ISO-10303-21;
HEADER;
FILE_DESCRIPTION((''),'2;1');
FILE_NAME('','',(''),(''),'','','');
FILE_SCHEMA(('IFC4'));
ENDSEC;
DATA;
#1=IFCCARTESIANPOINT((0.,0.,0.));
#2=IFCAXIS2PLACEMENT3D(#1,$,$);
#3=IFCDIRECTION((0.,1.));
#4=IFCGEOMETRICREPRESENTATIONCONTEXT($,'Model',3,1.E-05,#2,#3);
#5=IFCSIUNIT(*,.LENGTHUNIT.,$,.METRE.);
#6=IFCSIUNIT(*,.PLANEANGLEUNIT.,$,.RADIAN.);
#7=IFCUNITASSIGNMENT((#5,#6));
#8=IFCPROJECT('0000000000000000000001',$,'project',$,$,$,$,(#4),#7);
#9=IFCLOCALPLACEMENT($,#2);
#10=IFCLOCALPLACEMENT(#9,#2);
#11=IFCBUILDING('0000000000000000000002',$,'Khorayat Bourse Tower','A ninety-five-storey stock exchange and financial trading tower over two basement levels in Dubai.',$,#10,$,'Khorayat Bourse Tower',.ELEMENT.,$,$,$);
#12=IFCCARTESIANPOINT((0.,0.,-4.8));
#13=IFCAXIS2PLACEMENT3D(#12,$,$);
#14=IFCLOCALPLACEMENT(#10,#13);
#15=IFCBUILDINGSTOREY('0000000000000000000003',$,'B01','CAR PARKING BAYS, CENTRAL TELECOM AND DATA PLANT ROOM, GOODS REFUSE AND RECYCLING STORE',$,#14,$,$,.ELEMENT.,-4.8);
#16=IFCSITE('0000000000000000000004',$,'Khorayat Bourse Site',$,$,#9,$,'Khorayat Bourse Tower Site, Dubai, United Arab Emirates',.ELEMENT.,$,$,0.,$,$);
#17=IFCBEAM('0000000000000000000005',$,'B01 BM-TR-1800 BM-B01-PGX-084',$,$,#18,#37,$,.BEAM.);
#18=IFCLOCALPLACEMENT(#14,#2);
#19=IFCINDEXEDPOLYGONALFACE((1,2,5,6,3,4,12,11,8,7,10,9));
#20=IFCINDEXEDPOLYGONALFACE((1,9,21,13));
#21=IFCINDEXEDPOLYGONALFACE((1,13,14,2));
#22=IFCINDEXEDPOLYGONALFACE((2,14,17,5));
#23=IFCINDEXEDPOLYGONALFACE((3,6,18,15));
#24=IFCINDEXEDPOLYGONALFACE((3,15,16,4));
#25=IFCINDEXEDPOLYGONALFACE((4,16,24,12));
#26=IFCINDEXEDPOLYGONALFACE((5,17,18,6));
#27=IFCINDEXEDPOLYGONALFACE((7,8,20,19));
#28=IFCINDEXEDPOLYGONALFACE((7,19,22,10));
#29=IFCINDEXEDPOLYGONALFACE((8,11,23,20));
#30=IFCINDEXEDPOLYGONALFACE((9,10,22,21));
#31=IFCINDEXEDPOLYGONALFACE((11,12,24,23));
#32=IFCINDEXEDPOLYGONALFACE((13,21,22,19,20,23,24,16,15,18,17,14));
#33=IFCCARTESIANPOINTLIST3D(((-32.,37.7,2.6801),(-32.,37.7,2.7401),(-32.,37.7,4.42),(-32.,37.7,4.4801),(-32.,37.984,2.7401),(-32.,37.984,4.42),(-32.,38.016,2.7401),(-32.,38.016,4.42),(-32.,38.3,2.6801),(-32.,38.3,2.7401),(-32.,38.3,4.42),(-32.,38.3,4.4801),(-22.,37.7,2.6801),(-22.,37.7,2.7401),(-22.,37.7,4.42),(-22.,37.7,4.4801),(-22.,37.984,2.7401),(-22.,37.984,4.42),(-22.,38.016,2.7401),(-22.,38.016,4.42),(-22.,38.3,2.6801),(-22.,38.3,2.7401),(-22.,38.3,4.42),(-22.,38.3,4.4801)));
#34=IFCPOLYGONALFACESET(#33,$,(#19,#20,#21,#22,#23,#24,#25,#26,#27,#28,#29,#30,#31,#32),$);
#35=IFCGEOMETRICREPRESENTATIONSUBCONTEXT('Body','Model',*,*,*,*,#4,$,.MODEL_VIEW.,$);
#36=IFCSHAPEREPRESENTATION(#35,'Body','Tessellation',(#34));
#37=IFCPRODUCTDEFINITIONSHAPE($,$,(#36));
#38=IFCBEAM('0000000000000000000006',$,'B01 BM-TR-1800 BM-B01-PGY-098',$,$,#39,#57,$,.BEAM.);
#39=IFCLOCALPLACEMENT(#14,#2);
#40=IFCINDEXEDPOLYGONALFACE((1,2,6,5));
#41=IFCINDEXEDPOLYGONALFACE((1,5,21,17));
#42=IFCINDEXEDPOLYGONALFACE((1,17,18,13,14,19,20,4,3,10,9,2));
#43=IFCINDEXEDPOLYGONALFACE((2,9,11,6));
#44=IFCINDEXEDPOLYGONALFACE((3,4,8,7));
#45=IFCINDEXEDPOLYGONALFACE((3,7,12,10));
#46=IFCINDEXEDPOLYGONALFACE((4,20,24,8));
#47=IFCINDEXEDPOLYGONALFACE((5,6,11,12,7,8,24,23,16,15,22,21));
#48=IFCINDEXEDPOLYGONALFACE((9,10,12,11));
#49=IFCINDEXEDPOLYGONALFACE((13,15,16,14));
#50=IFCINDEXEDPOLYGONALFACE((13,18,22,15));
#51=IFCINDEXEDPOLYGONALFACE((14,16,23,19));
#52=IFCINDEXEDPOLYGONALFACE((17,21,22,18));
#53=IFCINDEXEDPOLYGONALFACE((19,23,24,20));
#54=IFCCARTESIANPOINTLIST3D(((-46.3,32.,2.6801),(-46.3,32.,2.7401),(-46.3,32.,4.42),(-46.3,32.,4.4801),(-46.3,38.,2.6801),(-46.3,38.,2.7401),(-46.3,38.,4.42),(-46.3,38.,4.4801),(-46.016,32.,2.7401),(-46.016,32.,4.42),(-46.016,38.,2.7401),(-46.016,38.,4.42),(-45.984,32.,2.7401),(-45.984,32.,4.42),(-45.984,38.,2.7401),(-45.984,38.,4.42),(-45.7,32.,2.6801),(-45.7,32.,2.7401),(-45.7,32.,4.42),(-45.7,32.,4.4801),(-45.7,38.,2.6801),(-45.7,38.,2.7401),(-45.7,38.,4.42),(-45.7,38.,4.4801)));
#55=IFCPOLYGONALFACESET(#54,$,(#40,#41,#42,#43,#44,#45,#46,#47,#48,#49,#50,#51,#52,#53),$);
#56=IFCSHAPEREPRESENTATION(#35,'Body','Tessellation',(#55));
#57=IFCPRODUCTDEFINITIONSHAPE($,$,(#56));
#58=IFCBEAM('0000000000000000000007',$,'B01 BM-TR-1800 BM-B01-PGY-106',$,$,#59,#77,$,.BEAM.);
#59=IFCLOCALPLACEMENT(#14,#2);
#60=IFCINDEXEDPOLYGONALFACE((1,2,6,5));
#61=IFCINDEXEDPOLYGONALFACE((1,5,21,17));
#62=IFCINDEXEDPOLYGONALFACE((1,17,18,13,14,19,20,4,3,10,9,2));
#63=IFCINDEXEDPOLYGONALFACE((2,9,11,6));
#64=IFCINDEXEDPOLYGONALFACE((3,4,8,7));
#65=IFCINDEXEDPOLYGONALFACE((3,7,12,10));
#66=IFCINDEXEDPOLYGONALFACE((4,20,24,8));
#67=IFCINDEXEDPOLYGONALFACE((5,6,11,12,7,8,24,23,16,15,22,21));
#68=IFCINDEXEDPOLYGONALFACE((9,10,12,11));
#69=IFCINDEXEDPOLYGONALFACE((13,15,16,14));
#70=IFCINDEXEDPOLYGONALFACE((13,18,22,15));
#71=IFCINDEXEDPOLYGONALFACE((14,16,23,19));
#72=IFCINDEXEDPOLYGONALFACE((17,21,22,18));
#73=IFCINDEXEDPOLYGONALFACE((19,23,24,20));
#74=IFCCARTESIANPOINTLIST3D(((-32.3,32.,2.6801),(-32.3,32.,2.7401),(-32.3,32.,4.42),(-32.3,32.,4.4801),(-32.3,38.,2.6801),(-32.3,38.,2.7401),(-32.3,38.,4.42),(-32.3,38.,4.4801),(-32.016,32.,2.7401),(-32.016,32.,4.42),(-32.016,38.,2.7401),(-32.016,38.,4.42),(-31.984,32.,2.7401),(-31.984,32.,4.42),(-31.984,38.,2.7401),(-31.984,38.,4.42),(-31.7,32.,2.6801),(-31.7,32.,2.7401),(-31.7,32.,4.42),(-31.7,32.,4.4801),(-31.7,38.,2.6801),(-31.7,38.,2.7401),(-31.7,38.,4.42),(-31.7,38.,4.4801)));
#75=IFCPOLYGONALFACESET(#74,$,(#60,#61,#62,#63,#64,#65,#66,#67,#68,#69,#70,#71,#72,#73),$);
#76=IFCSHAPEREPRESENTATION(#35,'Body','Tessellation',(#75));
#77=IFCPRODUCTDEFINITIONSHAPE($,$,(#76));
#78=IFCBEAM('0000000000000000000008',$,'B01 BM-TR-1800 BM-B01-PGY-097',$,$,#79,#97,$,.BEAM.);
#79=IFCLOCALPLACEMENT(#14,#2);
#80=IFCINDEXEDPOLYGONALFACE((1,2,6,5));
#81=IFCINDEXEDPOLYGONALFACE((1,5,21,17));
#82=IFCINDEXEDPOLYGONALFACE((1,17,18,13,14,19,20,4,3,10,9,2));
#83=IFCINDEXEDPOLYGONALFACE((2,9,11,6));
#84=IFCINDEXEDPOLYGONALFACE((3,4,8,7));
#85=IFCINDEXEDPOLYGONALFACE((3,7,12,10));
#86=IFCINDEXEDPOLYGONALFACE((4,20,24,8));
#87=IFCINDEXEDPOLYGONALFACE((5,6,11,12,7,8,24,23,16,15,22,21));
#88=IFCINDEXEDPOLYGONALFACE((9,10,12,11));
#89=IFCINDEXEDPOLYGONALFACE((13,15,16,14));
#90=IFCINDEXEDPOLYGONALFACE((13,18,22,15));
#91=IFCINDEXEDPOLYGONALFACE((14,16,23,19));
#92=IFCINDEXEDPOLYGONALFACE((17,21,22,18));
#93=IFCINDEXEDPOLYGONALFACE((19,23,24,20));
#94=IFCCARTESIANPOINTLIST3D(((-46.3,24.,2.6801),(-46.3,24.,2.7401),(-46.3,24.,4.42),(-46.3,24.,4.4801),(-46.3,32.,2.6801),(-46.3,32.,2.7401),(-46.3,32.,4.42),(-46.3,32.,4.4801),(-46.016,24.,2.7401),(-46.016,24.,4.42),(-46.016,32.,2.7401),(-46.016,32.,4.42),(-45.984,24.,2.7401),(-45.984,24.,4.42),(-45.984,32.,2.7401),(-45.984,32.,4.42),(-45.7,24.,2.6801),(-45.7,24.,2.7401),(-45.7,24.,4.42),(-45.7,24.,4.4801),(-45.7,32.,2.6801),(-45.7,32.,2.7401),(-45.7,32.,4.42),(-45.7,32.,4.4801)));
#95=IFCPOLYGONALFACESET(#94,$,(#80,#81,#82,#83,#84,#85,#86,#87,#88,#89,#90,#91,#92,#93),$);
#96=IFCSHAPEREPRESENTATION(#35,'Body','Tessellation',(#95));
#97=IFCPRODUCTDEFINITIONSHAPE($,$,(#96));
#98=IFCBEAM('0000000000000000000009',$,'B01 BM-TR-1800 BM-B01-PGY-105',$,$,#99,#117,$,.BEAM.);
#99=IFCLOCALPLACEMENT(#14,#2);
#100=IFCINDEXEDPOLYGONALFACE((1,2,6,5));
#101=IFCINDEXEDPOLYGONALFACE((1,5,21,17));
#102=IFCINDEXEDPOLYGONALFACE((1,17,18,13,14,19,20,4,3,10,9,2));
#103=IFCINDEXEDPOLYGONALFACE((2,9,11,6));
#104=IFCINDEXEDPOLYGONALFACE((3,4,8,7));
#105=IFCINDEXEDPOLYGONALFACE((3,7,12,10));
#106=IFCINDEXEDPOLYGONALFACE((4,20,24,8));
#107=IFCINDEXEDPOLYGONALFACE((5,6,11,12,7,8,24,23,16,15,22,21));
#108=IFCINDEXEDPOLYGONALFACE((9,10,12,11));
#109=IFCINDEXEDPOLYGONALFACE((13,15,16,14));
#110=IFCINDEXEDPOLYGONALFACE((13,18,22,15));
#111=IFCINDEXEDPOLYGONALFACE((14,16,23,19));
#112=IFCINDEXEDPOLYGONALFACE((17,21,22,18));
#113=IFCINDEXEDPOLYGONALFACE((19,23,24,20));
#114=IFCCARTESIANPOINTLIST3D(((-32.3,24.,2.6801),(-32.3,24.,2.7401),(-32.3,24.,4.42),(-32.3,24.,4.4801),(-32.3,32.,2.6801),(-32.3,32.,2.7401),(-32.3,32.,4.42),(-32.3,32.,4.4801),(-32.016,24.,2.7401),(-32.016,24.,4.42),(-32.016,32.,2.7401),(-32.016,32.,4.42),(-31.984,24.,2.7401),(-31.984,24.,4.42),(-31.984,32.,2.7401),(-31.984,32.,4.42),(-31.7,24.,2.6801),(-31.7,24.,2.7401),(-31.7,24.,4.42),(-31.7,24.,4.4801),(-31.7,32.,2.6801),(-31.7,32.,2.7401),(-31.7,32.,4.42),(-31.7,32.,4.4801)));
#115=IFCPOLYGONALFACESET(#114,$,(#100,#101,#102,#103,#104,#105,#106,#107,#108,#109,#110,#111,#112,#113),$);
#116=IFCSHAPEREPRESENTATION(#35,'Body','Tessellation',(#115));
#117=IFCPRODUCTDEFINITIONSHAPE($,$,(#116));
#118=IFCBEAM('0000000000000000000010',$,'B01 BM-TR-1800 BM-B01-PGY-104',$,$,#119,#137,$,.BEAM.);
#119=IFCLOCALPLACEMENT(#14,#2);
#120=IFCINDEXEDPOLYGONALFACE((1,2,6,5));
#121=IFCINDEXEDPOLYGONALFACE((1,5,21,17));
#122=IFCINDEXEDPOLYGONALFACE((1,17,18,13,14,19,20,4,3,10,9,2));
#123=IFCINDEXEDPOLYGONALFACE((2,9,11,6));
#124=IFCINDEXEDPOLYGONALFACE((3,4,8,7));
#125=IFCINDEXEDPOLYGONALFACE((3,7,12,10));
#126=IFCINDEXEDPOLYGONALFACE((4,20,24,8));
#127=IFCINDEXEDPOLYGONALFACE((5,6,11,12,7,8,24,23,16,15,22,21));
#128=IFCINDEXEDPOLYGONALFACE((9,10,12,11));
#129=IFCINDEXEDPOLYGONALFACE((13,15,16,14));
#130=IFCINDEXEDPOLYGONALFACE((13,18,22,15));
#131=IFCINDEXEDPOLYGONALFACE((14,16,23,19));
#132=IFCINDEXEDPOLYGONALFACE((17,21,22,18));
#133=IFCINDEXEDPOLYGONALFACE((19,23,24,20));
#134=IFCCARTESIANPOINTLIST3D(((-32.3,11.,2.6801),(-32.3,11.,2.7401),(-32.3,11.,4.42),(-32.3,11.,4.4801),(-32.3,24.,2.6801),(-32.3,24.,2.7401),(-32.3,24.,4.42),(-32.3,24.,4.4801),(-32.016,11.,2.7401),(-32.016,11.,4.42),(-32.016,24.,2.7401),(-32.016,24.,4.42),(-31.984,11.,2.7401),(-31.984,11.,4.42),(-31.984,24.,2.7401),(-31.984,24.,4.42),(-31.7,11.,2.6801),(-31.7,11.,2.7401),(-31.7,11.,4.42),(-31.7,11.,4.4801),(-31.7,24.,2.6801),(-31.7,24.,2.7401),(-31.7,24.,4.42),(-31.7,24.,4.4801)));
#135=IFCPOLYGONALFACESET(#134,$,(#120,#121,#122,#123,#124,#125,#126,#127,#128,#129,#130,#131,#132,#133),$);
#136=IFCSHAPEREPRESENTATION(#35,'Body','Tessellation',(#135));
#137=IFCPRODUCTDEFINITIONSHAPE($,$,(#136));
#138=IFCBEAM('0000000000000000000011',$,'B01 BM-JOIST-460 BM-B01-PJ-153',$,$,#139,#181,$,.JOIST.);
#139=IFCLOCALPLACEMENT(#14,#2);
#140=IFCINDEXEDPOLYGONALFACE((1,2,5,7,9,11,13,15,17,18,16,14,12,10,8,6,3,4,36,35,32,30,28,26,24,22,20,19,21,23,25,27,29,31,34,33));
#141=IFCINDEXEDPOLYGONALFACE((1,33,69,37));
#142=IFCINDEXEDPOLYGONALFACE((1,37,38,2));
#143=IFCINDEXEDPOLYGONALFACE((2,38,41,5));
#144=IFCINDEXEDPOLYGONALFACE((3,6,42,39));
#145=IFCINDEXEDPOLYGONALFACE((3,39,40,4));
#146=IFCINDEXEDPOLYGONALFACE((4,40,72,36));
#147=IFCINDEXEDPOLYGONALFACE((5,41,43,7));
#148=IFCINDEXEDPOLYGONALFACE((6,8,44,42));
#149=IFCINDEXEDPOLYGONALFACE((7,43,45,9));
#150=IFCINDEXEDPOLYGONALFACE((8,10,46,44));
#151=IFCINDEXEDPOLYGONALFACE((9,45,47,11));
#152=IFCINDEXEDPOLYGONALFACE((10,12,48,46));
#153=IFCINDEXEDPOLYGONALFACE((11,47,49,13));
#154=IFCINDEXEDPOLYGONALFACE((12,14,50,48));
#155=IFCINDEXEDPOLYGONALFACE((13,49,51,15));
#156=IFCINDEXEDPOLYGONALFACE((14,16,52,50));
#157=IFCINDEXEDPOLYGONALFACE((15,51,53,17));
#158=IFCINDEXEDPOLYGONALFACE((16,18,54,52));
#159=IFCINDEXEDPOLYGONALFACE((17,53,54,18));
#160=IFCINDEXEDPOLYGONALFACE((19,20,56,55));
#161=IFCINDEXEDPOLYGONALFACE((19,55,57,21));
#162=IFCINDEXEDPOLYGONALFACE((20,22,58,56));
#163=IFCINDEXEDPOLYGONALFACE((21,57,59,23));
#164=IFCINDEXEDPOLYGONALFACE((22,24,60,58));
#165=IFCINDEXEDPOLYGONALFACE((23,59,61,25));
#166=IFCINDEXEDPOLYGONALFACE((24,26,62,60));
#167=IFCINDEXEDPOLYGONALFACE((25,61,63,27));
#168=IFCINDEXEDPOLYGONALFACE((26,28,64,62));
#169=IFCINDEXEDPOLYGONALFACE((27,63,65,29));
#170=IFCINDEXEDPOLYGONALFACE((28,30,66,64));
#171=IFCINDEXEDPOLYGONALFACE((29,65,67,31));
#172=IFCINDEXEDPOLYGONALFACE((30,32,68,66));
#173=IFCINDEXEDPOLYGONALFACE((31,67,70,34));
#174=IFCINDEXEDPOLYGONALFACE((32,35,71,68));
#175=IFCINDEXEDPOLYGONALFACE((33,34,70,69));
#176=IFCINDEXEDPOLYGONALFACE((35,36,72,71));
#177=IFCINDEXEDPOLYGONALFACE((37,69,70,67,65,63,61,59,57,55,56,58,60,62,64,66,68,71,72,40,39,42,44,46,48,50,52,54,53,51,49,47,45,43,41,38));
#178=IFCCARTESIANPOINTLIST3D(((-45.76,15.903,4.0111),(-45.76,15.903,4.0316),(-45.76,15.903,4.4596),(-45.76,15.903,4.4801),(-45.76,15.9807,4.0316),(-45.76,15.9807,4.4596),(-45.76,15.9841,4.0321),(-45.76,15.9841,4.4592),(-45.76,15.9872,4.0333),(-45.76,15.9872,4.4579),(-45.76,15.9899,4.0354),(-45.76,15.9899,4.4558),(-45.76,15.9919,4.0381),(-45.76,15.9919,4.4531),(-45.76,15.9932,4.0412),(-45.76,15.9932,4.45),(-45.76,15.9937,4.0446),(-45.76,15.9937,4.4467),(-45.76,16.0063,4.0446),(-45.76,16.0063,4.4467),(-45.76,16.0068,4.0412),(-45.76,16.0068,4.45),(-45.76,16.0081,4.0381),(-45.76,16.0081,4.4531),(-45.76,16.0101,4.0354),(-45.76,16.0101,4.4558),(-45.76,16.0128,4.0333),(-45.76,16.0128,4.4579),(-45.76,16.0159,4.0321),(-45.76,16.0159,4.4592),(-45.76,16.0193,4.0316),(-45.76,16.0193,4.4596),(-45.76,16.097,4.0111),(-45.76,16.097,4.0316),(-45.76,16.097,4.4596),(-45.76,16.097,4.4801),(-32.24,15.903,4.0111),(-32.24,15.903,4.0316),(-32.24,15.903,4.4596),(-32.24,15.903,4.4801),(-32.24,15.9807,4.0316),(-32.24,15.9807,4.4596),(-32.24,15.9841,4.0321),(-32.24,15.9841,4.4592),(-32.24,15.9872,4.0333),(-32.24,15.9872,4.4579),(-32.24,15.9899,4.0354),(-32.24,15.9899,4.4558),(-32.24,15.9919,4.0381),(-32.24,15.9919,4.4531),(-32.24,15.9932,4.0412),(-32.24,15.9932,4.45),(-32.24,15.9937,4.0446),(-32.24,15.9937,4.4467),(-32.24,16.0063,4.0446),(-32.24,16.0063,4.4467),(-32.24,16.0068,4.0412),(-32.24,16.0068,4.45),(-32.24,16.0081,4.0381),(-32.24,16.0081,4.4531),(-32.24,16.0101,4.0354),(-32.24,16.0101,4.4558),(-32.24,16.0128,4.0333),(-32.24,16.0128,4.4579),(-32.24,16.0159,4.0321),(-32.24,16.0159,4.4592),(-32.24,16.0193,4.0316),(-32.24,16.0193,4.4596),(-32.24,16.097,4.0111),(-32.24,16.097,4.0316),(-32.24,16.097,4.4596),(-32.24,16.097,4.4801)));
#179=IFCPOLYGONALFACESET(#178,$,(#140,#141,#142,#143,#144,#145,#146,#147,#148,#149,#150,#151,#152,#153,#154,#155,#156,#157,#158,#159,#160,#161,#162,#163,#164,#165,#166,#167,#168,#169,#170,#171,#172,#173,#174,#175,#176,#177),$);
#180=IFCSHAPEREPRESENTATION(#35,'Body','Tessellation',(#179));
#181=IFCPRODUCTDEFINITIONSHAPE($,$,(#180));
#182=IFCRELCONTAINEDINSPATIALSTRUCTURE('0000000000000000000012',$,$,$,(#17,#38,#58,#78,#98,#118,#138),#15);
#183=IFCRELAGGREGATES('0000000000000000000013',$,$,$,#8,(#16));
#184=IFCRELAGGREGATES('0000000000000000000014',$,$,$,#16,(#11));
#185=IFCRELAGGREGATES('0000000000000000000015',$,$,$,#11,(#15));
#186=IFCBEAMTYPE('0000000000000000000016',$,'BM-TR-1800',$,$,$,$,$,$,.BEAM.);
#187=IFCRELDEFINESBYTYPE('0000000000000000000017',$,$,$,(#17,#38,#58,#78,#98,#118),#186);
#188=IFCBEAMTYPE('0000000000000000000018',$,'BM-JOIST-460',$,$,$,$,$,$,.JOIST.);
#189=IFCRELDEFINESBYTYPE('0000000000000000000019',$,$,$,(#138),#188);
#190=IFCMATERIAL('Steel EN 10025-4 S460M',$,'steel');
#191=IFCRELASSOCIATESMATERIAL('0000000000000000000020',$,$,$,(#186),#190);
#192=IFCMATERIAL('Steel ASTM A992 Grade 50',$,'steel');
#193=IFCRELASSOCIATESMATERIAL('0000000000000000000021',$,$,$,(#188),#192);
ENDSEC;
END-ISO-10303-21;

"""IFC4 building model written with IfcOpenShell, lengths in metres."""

from ifc_helpers import new_model, si_unit, direction, frame, origin, origin_2d, place, context, subcontext, project, spatial, i_section, extrude, source, transform, mapped, material, material_profile, profile_set, type_object, element, save


model = new_model("IFC4")

# Units and contexts
model_context = context("Model", 3, precision=1e-05, world=origin(), true_north=direction((0.0, 1.0)))
body_context = subcontext(model_context, "Body", "Model", "MODEL_VIEW")
ifc_project = project(units=[si_unit("LENGTHUNIT", "METRE"), si_unit("PLANEANGLEUNIT", "RADIAN")], contexts=[model_context])

# Site, building, storey
site_placement = place(None, origin())
site = spatial("IfcSite", under=ifc_project, at=site_placement, Name="Khorayat Bourse Site", LongName="Khorayat Bourse Tower Site, Dubai, United Arab Emirates", CompositionType="ELEMENT", RefElevation=0.0)
building_placement = place(site_placement, origin())
building = spatial("IfcBuilding", under=site, at=building_placement, Name="Khorayat Bourse Tower", Description="A ninety-five-storey stock exchange and financial trading tower over two basement levels in Dubai.", LongName="Khorayat Bourse Tower", CompositionType="ELEMENT")
storey_placement = place(building_placement, frame((0.0, 0.0, -4.8)))
storey = spatial("IfcBuildingStorey", under=building, at=storey_placement, Name="B01", Description="CAR PARKING BAYS, CENTRAL TELECOM AND DATA PLANT ROOM, GOODS REFUSE AND RECYCLING STORE", CompositionType="ELEMENT", Elevation=-4.8)

# Beams
ifc_material_1 = material(Name="Steel EN 10025-4 S460M", Category="steel")
ifc_material_profile_1 = material_profile(ifc_material_1, i_section(OverallWidth=0.6001, OverallDepth=1.8, WebThickness=0.032, FlangeThickness=0.0601, at=origin_2d()), Name="PG 1800x600x32x60")
ifc_profile_set_1 = profile_set([ifc_material_profile_1], Name="Steel EN 10025-4 S460M")
beam_type_1 = type_object("IfcBeamType", Name="BM-TR-1800", PredefinedType="BEAM", material=ifc_profile_set_1)
shared_shape_1 = source(origin(), body_context, "Body", "SweptSolid", [
    extrude(i_section(OverallWidth=0.6001, OverallDepth=1.8, WebThickness=0.032, FlangeThickness=0.0601, at=origin_2d()), origin(), (0.0, 0.0, 1.0), 10.0),
])
for number, where, z_axis, x_axis, name in (
    (1, (-32.0, 38.0, 3.5801), (1.0, 0.0, 0.0), (0.0, 1.0, 0.0), "B01 BM-TR-1800 BM-B01-PGX-084"),
):
    element("IfcBeam", number, at=place(storey_placement, frame(where, z_axis=z_axis, x_axis=x_axis)), inside=storey, type_object=beam_type_1, Name=name, PredefinedType="BEAM", context=body_context, shape_type="MappedRepresentation", body=[
        mapped(shared_shape_1, transform((0.0, 0.0, 0.0), scale=1.0)),
    ])
shared_shape_2 = source(origin(), body_context, "Body", "SweptSolid", [
    extrude(i_section(OverallWidth=0.6001, OverallDepth=1.8, WebThickness=0.032, FlangeThickness=0.0601, at=origin_2d()), origin(), (0.0, 0.0, 1.0), 6.0),
])
for number, where, z_axis, x_axis, name in (
    (2, (-46.0, 32.0, 3.5801), (0.0, 1.0, 0.0), (-1.0, 0.0, 0.0), "B01 BM-TR-1800 BM-B01-PGY-098"),
    (3, (-32.0, 32.0, 3.5801), (0.0, 1.0, 0.0), (-1.0, 0.0, 0.0), "B01 BM-TR-1800 BM-B01-PGY-106"),
):
    element("IfcBeam", number, at=place(storey_placement, frame(where, z_axis=z_axis, x_axis=x_axis)), inside=storey, type_object=beam_type_1, Name=name, PredefinedType="BEAM", context=body_context, shape_type="MappedRepresentation", body=[
        mapped(shared_shape_2, transform((0.0, 0.0, 0.0), scale=1.0)),
    ])
shared_shape_3 = source(origin(), body_context, "Body", "SweptSolid", [
    extrude(i_section(OverallWidth=0.6001, OverallDepth=1.8, WebThickness=0.032, FlangeThickness=0.0601, at=origin_2d()), origin(), (0.0, 0.0, 1.0), 8.0),
])
for number, where, z_axis, x_axis, name in (
    (4, (-46.0, 24.0, 3.5801), (0.0, 1.0, 0.0), (-1.0, 0.0, 0.0), "B01 BM-TR-1800 BM-B01-PGY-097"),
    (5, (-32.0, 24.0, 3.5801), (0.0, 1.0, 0.0), (-1.0, 0.0, 0.0), "B01 BM-TR-1800 BM-B01-PGY-105"),
):
    element("IfcBeam", number, at=place(storey_placement, frame(where, z_axis=z_axis, x_axis=x_axis)), inside=storey, type_object=beam_type_1, Name=name, PredefinedType="BEAM", context=body_context, shape_type="MappedRepresentation", body=[
        mapped(shared_shape_3, transform((0.0, 0.0, 0.0), scale=1.0)),
    ])
shared_shape_4 = source(origin(), body_context, "Body", "SweptSolid", [
    extrude(i_section(OverallWidth=0.6001, OverallDepth=1.8, WebThickness=0.032, FlangeThickness=0.0601, at=origin_2d()), origin(), (0.0, 0.0, 1.0), 13.0),
])
beam_placement = place(storey_placement, frame((-32.0, 11.0, 3.5801), z_axis=(0.0, 1.0, 0.0), x_axis=(-1.0, 0.0, 0.0)))
element("IfcBeam", 6, at=beam_placement, inside=storey, type_object=beam_type_1, Name="B01 BM-TR-1800 BM-B01-PGY-104", PredefinedType="BEAM", context=body_context, shape_type="MappedRepresentation", body=[
    mapped(shared_shape_4, transform((0.0, 0.0, 0.0), scale=1.0)),
])
ifc_material_2 = material(Name="Steel ASTM A992 Grade 50", Category="steel")
ifc_material_profile_2 = material_profile(ifc_material_2, i_section(OverallWidth=0.1941, OverallDepth=0.469, WebThickness=0.0127, FlangeThickness=0.0205, FilletRadius=0.0129, at=origin_2d()), Name="W460X106")
ifc_profile_set_2 = profile_set([ifc_material_profile_2], Name="Steel ASTM A992 Grade 50")
beam_type_2 = type_object("IfcBeamType", Name="BM-JOIST-460", PredefinedType="JOIST", material=ifc_profile_set_2)
shared_shape_5 = source(origin(), body_context, "Body", "SweptSolid", [
    extrude(i_section(OverallWidth=0.1941, OverallDepth=0.469, WebThickness=0.0127, FlangeThickness=0.0205, FilletRadius=0.0129, at=origin_2d()), origin(), (0.0, 0.0, 1.0), 13.52),
])
for number, where, z_axis, x_axis, name in (
    (7, (-45.76, 16.0, 4.2456), (1.0, 0.0, 0.0), (0.0, 1.0, 0.0), "B01 BM-JOIST-460 BM-B01-PJ-153"),
):
    element("IfcBeam", number, at=place(storey_placement, frame(where, z_axis=z_axis, x_axis=x_axis)), inside=storey, type_object=beam_type_2, Name=name, PredefinedType="JOIST", context=body_context, shape_type="MappedRepresentation", body=[
        mapped(shared_shape_5, transform((0.0, 0.0, 0.0), scale=1.0)),
    ])

save(model, "model.ifc")
